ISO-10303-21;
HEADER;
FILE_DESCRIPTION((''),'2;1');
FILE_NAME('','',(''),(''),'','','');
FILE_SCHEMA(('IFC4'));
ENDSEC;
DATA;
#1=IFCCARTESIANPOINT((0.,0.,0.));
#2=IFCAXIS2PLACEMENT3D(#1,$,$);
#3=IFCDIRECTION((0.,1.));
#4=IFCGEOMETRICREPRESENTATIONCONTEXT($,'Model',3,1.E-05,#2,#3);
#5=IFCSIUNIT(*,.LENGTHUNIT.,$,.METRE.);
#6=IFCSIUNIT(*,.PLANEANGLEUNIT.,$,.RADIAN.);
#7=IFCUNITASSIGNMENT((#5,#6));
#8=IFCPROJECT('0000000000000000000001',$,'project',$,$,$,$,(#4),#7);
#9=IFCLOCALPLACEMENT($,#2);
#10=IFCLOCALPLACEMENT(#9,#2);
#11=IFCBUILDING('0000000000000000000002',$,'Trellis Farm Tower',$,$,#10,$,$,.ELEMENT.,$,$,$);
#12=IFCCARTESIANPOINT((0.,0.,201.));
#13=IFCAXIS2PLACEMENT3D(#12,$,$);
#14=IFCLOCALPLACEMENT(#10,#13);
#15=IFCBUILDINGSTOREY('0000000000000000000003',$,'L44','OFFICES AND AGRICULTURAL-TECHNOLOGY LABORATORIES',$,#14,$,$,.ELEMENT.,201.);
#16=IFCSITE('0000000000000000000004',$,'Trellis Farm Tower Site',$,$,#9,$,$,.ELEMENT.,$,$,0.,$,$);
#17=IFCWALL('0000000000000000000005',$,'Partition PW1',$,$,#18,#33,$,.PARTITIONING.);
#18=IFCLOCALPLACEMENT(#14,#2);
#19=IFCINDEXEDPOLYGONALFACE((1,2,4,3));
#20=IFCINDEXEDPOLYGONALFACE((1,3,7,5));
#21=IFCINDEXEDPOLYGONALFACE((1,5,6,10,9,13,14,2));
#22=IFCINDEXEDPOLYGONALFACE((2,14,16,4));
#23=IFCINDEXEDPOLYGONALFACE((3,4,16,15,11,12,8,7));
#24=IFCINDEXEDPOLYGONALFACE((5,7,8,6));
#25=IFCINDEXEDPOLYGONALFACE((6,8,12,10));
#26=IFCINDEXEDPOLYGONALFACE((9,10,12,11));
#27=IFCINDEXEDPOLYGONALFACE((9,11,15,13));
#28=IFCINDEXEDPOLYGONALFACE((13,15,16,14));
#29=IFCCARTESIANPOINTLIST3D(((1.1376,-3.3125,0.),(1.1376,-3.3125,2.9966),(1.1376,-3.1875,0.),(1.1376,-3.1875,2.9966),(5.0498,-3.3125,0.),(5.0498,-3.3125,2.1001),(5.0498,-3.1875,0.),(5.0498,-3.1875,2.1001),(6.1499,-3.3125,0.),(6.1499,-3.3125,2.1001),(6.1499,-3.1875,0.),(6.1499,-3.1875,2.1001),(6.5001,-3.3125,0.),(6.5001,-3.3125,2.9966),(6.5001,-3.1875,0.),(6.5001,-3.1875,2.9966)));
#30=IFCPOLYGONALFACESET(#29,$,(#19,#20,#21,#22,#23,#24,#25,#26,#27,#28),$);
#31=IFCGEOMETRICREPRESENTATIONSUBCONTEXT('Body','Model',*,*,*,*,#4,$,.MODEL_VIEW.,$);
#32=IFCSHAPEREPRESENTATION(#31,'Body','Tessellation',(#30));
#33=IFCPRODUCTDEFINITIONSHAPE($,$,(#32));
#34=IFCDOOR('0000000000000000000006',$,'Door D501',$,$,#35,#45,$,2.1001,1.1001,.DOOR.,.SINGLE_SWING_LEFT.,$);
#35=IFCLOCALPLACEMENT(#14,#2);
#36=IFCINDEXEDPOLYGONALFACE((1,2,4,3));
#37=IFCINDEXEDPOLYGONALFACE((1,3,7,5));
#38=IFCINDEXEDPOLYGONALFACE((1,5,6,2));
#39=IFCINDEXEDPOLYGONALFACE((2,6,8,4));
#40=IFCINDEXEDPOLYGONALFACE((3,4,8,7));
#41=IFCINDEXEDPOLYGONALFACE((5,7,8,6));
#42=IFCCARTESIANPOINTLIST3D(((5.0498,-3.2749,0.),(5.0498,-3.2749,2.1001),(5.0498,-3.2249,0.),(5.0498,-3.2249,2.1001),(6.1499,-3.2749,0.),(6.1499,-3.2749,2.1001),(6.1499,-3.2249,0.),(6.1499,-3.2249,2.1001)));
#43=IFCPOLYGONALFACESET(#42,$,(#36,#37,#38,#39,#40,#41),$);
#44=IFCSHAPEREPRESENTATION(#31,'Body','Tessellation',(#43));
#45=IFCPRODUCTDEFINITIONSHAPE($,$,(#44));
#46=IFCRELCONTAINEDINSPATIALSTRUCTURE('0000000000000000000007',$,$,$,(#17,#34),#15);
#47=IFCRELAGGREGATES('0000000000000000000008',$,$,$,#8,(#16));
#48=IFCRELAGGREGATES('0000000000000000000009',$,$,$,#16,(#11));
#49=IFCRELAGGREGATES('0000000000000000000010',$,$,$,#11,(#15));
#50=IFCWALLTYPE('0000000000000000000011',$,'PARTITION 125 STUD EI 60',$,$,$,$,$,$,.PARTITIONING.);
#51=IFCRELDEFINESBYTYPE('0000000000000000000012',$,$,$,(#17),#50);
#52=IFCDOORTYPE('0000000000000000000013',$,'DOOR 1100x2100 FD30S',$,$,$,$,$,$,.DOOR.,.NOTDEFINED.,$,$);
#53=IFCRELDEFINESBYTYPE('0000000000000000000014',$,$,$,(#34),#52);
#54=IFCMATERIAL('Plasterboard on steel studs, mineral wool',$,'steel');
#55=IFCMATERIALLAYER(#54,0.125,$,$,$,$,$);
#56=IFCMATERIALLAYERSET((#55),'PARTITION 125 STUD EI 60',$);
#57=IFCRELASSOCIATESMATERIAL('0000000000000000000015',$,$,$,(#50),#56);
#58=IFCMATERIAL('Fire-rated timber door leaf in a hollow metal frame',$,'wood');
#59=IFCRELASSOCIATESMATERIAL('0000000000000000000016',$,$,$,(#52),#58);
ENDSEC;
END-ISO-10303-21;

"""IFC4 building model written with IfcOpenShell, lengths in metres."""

from ifc_helpers import new_model, si_unit, direction, frame, frame_2d, origin, place, context, subcontext, project, spatial, rectangle, extrude, source, transform, mapped, material, layer, layer_set, type_object, element, fill, save


model = new_model("IFC4")

# Units and contexts
model_context = context("Model", 3, precision=1e-05, world=origin(), true_north=direction((0.0, 1.0)))
body_context = subcontext(model_context, "Body", "Model", "MODEL_VIEW")
ifc_project = project(units=[si_unit("LENGTHUNIT", "METRE"), si_unit("PLANEANGLEUNIT", "RADIAN")], contexts=[model_context])

# Site, building, storey
site_placement = place(None, origin())
site = spatial("IfcSite", under=ifc_project, at=site_placement, Name="Trellis Farm Tower Site", CompositionType="ELEMENT", RefElevation=0.0)
building_placement = place(site_placement, origin())
building = spatial("IfcBuilding", under=site, at=building_placement, Name="Trellis Farm Tower", CompositionType="ELEMENT")
storey_placement = place(building_placement, frame((0.0, 0.0, 201.0)))
storey = spatial("IfcBuildingStorey", under=building, at=storey_placement, Name="L44", Description="OFFICES AND AGRICULTURAL-TECHNOLOGY LABORATORIES", CompositionType="ELEMENT", Elevation=201.0)

# Wall, opening, door
ifc_material_1 = material(Name="Plasterboard on steel studs, mineral wool", Category="steel")
ifc_layer_1 = layer(ifc_material_1, 0.125)
ifc_layer_set_1 = layer_set([ifc_layer_1], Name="PARTITION 125 STUD EI 60")
wall_type_1 = type_object("IfcWallType", Name="PARTITION 125 STUD EI 60", PredefinedType="PARTITIONING", material=ifc_layer_set_1)
shared_shape_1 = source(origin(), body_context, "Body", "SweptSolid", [
    extrude(rectangle(XDim=5.3625, YDim=0.125, at=frame_2d((2.6812, 0.0))), origin(), (0.0, 0.0, 1.0), 2.9966),
])
wall_1_placement = place(storey_placement, frame((6.5, -3.25, 0.0), z_axis=(0.0, 0.0, 1.0), x_axis=(-1.0, 0.0, 0.0)))
wall_1 = element("IfcWall", 1, at=wall_1_placement, inside=storey, type_object=wall_type_1, Name="Partition PW1", PredefinedType="PARTITIONING", context=body_context, shape_type="MappedRepresentation", body=[
    mapped(shared_shape_1, transform((0.0, 0.0, 0.0))),
])
shared_shape_2 = source(origin(), body_context, "Body", "SweptSolid", [
    extrude(rectangle(XDim=1.1001, YDim=2.1001, at=frame_2d((0.55, 1.05))), frame((0.0, 0.0725, 0.0), z_axis=(0.0, -1.0, 0.0), x_axis=(1.0, 0.0, 0.0)), (0.0, 0.0, 1.0), 0.145),
])
opening_1_placement = place(wall_1_placement, frame((0.3501, 0.0, 0.0)))
opening_1 = element("IfcOpeningElement", 2, at=opening_1_placement, cuts=wall_1, PredefinedType="OPENING", context=body_context, shape_type="MappedRepresentation", body=[
    mapped(shared_shape_2, transform((0.0, 0.0, 0.0))),
])
ifc_material_2 = material(Name="Fire-rated timber door leaf in a hollow metal frame", Category="wood")
door_type_1 = type_object("IfcDoorType", Name="DOOR 1100x2100 FD30S", OperationType="NOTDEFINED", PredefinedType="DOOR", material=ifc_material_2)
shared_shape_3 = source(origin(), body_context, "Body", "SweptSolid", [
    extrude(rectangle(XDim=1.1001, YDim=2.1001, at=frame_2d((0.55, 1.05))), frame((0.0, 0.0249, 0.0), z_axis=(0.0, -1.0, 0.0), x_axis=(1.0, 0.0, 0.0)), (0.0, 0.0, 1.0), 0.05),
])
door_1_placement = place(opening_1_placement, origin())
door_1 = element("IfcDoor", 3, at=door_1_placement, inside=storey, type_object=door_type_1, Name="Door D501", OperationType="SINGLE_SWING_LEFT", OverallHeight=2.1001, OverallWidth=1.1001, PredefinedType="DOOR", context=body_context, shape_type="MappedRepresentation", body=[
    mapped(shared_shape_3, transform((0.0, 0.0, 0.0))),
])
fill(opening_1, door_1)

save(model, "model.ifc")
